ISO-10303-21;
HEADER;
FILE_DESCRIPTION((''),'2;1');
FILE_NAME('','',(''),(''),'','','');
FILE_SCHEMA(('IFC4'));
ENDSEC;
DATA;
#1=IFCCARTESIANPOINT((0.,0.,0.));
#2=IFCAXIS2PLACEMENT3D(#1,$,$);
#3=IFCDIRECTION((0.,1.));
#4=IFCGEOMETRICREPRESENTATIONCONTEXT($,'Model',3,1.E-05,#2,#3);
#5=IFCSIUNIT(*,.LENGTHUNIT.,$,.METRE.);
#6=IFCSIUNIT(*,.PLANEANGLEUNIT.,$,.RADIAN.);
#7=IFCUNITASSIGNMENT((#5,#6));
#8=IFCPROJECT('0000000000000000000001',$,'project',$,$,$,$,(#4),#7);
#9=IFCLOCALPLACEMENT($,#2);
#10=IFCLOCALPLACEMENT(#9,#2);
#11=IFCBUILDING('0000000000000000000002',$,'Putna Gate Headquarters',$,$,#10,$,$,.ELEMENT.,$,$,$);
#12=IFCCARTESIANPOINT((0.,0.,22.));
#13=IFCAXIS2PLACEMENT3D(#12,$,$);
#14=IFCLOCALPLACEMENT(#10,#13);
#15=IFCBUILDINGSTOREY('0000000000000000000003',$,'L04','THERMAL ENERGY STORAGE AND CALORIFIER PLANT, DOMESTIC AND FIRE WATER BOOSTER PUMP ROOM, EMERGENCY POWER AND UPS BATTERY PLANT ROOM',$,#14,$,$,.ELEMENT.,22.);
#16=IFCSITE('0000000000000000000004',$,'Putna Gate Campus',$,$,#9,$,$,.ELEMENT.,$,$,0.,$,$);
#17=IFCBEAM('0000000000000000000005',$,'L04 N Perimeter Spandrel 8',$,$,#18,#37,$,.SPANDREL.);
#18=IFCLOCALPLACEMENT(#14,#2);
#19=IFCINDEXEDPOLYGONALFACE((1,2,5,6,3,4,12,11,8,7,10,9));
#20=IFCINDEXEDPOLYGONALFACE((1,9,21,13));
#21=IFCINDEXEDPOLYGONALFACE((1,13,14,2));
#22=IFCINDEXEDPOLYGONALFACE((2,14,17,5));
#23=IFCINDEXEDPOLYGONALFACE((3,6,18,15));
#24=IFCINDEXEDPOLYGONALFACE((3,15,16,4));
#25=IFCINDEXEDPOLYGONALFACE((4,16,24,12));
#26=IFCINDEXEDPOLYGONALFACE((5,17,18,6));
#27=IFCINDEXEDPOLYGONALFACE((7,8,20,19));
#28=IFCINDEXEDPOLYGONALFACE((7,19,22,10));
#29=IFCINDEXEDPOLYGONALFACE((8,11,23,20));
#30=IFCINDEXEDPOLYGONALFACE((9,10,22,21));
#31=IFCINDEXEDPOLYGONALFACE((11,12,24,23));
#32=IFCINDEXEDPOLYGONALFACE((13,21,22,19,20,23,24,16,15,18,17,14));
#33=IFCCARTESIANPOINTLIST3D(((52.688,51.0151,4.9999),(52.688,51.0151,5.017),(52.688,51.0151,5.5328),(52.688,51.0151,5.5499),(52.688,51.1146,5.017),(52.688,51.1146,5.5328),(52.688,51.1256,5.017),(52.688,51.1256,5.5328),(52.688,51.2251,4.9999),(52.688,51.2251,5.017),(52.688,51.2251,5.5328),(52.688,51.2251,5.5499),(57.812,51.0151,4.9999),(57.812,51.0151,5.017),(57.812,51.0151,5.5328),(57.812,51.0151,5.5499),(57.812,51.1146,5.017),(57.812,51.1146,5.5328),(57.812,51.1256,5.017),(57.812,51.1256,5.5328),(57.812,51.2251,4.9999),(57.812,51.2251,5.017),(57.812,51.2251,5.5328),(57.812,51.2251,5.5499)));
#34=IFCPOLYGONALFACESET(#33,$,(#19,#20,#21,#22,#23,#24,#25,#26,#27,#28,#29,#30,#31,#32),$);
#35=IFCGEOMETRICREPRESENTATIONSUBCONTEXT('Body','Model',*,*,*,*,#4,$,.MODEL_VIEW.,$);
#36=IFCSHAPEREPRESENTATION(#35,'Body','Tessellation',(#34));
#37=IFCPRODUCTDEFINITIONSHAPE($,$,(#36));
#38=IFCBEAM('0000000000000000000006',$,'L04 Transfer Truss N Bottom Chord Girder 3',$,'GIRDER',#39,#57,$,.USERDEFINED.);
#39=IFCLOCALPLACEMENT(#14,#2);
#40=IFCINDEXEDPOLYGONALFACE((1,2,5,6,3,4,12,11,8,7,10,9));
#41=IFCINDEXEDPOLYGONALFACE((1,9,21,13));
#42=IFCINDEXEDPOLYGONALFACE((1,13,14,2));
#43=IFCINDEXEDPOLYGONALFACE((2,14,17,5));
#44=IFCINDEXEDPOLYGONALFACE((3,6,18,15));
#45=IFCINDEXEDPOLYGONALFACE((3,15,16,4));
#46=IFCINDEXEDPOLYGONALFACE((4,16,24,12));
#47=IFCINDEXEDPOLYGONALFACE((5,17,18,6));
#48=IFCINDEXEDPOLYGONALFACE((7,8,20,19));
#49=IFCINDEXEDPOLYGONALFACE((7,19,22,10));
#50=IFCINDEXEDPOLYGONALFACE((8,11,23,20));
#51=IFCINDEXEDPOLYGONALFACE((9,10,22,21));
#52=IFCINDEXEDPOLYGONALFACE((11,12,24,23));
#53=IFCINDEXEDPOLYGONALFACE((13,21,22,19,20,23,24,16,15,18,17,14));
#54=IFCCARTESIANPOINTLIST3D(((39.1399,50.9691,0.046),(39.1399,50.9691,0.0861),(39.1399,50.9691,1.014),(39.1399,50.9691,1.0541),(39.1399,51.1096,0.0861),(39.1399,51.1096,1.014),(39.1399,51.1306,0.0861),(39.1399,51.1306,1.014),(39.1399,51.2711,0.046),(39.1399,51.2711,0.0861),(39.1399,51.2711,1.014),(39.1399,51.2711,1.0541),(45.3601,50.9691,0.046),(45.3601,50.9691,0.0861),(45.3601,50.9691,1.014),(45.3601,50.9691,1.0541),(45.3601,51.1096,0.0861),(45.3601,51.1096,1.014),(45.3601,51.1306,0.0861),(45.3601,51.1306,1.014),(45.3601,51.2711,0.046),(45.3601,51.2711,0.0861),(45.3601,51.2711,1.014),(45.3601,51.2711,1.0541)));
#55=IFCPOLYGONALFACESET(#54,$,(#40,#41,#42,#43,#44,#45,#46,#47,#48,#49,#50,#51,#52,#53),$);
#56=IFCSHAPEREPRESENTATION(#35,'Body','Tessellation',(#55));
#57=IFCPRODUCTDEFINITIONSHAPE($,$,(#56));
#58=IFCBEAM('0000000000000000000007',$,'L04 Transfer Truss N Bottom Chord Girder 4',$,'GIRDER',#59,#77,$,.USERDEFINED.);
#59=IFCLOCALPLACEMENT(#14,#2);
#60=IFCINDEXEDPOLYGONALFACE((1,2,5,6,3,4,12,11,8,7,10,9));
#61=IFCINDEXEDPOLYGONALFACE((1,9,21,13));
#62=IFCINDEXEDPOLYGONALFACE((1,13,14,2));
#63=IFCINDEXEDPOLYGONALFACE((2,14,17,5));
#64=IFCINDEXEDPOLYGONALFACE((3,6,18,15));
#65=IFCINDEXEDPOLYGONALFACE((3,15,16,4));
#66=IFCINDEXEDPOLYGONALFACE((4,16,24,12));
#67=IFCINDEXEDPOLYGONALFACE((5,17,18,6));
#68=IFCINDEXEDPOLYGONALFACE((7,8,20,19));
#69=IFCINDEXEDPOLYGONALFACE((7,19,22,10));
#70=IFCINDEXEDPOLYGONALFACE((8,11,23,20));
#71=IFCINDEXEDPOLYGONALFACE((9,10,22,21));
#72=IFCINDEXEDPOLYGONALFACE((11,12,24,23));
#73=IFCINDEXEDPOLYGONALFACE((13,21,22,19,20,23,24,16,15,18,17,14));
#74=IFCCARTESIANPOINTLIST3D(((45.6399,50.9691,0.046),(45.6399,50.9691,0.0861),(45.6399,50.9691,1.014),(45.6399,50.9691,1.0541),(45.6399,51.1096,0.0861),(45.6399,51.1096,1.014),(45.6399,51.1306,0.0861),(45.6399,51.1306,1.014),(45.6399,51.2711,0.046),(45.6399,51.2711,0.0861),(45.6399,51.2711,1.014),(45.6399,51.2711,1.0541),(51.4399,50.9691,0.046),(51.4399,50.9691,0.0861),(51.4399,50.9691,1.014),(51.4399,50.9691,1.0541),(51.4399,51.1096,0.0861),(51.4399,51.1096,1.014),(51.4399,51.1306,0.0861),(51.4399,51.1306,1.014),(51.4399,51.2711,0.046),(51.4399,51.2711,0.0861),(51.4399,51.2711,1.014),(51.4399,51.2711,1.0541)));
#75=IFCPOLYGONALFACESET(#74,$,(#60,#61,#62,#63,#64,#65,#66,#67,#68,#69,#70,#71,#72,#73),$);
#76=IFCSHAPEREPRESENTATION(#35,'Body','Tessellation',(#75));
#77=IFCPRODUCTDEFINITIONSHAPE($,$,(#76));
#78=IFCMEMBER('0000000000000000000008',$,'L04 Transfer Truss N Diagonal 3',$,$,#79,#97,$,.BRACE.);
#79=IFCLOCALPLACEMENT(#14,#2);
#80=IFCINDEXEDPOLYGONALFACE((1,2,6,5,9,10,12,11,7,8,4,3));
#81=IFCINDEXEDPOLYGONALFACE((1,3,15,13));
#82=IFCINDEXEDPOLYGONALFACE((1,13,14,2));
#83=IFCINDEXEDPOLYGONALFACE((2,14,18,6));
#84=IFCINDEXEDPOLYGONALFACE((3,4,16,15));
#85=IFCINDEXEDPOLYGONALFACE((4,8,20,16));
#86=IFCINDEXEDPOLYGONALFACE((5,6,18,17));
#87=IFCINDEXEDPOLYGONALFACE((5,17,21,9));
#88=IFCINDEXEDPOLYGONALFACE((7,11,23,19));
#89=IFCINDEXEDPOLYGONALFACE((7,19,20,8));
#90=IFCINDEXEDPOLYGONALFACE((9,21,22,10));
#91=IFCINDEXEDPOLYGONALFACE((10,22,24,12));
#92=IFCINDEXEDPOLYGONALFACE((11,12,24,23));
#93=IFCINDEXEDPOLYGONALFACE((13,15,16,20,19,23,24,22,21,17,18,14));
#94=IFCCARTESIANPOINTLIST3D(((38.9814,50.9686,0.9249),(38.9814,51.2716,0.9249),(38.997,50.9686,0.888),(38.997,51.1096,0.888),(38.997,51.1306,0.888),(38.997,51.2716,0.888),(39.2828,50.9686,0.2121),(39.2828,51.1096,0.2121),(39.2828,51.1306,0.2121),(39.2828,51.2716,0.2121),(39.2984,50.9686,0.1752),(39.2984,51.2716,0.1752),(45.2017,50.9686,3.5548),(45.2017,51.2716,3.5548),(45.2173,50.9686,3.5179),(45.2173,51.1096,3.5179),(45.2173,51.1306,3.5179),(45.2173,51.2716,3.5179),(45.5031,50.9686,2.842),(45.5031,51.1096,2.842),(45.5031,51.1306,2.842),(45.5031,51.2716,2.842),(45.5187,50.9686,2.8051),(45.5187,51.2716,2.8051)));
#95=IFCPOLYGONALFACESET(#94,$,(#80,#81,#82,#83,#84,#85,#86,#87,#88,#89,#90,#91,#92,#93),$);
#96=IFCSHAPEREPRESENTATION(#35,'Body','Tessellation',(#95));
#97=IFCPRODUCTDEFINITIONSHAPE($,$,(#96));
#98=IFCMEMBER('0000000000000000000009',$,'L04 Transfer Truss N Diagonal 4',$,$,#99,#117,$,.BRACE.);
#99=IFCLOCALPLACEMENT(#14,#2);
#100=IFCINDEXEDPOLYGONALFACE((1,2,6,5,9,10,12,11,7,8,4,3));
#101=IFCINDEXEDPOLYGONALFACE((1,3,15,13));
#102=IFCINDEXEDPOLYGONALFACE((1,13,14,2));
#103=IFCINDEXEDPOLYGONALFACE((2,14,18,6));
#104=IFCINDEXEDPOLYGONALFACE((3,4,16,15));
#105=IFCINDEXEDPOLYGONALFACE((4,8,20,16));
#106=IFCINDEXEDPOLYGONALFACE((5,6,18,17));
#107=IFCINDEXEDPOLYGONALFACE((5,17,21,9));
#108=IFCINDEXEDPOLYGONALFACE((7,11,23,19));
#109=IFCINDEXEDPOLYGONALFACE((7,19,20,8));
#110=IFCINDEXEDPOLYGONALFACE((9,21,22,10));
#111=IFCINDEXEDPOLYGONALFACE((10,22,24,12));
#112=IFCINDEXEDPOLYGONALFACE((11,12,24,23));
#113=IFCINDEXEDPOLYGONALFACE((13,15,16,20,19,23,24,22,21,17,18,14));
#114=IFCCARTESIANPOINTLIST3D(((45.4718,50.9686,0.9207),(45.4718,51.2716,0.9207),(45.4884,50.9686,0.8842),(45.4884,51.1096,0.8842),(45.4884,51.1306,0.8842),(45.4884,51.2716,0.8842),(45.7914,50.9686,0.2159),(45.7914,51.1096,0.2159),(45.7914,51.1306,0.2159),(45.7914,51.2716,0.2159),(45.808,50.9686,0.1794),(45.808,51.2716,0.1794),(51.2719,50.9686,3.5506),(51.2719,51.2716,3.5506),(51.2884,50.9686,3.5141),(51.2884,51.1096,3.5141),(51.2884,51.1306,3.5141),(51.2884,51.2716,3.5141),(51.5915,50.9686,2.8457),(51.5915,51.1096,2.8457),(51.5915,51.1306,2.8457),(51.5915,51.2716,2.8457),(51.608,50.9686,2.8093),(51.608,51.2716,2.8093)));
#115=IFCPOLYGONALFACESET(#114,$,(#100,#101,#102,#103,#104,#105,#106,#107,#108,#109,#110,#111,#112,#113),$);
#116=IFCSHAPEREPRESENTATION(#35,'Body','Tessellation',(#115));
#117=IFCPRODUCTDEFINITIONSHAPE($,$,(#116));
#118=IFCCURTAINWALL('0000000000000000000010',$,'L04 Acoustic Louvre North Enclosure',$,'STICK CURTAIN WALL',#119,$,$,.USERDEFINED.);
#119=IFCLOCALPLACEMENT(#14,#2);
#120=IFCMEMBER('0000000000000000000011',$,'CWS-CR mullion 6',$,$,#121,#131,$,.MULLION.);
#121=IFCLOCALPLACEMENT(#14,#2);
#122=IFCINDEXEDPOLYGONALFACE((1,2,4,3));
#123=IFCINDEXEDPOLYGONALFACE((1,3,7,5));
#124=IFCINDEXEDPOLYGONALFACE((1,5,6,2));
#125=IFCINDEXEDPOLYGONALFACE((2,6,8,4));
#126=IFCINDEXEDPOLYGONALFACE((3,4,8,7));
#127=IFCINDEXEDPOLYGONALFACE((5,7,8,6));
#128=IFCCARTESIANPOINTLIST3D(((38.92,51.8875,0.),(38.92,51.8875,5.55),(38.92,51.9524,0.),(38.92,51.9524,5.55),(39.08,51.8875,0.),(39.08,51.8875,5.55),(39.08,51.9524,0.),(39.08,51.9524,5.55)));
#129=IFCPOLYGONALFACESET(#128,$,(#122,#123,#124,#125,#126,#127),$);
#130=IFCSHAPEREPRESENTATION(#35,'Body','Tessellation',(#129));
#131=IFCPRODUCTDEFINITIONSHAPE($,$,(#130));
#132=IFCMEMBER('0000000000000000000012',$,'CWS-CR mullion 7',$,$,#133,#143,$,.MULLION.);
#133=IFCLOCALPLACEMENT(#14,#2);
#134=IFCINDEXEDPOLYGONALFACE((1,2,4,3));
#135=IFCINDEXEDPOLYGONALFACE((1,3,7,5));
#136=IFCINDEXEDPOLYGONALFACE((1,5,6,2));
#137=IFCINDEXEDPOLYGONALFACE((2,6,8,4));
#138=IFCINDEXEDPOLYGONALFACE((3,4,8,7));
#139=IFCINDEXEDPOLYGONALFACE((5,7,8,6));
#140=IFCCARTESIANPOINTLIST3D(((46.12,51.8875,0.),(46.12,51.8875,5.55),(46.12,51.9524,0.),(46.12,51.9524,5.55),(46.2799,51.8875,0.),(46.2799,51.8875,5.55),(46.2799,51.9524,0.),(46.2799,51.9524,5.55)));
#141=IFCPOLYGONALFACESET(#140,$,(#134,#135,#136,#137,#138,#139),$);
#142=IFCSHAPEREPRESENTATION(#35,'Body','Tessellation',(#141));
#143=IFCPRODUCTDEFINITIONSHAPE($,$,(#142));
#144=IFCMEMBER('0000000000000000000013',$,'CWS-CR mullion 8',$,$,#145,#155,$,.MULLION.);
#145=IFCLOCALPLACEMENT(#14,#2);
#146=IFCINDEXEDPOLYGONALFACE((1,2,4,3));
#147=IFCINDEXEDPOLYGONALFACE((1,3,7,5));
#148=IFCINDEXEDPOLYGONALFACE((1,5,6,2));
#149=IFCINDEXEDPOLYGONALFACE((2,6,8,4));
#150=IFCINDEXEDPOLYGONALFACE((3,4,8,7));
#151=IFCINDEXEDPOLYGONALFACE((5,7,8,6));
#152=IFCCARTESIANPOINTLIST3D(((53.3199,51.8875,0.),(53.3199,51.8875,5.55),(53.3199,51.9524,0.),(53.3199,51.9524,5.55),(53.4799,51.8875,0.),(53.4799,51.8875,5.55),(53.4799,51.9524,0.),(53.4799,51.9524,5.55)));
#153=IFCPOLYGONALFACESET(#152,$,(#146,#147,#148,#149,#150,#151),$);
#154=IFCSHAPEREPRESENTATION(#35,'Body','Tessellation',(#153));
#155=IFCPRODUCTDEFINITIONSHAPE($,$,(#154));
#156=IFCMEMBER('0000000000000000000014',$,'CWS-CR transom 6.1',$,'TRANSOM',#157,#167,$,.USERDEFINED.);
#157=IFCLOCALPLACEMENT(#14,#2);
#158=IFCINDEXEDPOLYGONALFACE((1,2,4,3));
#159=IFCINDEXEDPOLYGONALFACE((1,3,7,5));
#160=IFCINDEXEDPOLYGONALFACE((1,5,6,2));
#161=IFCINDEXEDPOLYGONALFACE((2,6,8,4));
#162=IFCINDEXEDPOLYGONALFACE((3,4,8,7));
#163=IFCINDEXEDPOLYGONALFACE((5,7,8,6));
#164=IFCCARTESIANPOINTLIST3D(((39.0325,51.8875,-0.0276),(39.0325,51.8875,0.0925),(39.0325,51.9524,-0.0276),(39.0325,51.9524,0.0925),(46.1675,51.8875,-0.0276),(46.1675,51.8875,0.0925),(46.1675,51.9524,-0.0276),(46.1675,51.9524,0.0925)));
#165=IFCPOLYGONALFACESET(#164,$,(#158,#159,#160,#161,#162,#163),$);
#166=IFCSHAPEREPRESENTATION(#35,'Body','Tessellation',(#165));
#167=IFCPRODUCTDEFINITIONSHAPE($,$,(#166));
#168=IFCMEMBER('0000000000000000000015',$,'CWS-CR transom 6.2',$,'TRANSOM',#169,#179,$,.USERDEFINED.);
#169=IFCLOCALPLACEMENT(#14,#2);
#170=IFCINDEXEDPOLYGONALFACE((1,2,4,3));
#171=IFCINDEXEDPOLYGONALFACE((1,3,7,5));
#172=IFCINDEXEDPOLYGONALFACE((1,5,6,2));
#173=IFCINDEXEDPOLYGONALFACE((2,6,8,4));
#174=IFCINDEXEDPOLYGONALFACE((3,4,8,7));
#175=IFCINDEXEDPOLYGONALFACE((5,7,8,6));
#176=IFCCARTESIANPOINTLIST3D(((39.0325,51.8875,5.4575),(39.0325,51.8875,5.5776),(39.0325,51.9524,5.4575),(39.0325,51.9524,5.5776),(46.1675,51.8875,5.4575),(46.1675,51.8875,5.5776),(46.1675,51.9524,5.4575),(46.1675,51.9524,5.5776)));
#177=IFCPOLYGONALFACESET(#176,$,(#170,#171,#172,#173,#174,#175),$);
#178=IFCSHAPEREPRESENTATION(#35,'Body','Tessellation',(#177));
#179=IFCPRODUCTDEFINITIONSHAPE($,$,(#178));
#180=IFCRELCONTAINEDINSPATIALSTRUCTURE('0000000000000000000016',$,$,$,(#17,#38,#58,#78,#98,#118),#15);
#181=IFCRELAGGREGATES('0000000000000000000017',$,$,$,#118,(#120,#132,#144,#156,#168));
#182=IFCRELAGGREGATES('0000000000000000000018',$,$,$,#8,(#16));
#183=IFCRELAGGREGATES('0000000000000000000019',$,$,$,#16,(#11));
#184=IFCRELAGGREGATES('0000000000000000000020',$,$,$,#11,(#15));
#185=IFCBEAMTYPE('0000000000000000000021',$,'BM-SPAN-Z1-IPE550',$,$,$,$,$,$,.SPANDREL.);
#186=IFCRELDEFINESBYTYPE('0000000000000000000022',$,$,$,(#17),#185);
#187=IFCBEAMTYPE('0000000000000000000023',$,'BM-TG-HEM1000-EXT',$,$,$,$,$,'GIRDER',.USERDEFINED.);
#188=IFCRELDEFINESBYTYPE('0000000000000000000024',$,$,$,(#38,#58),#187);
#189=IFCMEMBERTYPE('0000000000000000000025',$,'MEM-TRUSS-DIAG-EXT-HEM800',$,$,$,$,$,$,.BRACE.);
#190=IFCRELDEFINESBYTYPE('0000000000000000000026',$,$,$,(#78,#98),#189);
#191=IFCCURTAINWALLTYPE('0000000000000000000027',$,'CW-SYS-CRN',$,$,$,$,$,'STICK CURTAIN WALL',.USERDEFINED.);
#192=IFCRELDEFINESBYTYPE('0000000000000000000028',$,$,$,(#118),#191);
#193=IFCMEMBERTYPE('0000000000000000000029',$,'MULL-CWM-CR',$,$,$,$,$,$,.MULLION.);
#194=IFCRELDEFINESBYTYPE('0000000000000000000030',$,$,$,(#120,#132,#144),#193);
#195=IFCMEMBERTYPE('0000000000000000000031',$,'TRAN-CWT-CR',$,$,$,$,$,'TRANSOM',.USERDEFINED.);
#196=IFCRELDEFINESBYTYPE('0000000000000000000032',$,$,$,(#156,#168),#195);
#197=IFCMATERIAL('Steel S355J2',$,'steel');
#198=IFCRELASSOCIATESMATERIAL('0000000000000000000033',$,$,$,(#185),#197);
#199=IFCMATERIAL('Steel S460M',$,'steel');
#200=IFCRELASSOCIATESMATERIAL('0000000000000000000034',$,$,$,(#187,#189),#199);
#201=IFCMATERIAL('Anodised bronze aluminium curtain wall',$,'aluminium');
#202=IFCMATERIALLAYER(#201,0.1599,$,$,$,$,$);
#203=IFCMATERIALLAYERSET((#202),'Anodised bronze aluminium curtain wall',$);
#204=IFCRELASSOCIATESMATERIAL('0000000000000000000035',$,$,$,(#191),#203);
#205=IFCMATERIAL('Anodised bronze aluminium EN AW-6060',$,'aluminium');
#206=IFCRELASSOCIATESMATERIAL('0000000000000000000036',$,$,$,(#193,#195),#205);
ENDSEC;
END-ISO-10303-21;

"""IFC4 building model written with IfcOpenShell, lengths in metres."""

from ifc_helpers import new_model, si_unit, direction, frame, origin, origin_2d, place, context, subcontext, project, spatial, rectangle, i_section, extrude, material, layer, layer_set, material_profile, profile_set, type_object, element, aggregate, save


model = new_model("IFC4")

# Units and contexts
model_context = context("Model", 3, precision=1e-05, world=origin(), true_north=direction((0.0, 1.0)))
body_context = subcontext(model_context, "Body", "Model", "MODEL_VIEW")
ifc_project = project(units=[si_unit("LENGTHUNIT", "METRE"), si_unit("PLANEANGLEUNIT", "RADIAN")], contexts=[model_context])

# Site, building, storey
site_placement = place(None, origin())
site = spatial("IfcSite", under=ifc_project, at=site_placement, Name="Putna Gate Campus", CompositionType="ELEMENT", RefElevation=0.0)
building_placement = place(site_placement, origin())
building = spatial("IfcBuilding", under=site, at=building_placement, Name="Putna Gate Headquarters", CompositionType="ELEMENT")
storey_placement = place(building_placement, frame((0.0, 0.0, 22.0)))
storey = spatial("IfcBuildingStorey", under=building, at=storey_placement, Name="L04", Description="THERMAL ENERGY STORAGE AND CALORIFIER PLANT, DOMESTIC AND FIRE WATER BOOSTER PUMP ROOM, EMERGENCY POWER AND UPS BATTERY PLANT ROOM", CompositionType="ELEMENT", Elevation=22.0)

# Shared definitions
ifc_material_1 = material(Name="Steel S460M", Category="steel")

# Beams
ifc_material_2 = material(Name="Steel S355J2", Category="steel")
ifc_material_profile_1 = material_profile(ifc_material_2, i_section(OverallWidth=0.21, OverallDepth=0.55, WebThickness=0.011, FlangeThickness=0.0171, at=origin_2d()), Name="Steel S355J2")
ifc_profile_set_1 = profile_set([ifc_material_profile_1], Name="Steel S355J2")
beam_type_1 = type_object("IfcBeamType", Name="BM-SPAN-Z1-IPE550", PredefinedType="SPANDREL", material=ifc_profile_set_1)
beam_1_placement = place(storey_placement, frame((52.688, 51.1201, 5.2749), z_axis=(1.0, 0.0, 0.0), x_axis=(0.0, 1.0, 0.0)))
element("IfcBeam", 1, at=beam_1_placement, inside=storey, type_object=beam_type_1, Name="L04 N Perimeter Spandrel 8", PredefinedType="SPANDREL", context=body_context, shape_type="SweptSolid", body=[
    extrude(i_section(OverallWidth=0.21, OverallDepth=0.55, WebThickness=0.011, FlangeThickness=0.0171, at=origin_2d()), origin(), (0.0, 0.0, 1.0), 5.124),
])
ifc_material_profile_2 = material_profile(ifc_material_1, i_section(OverallWidth=0.302, OverallDepth=1.0081, WebThickness=0.021, FlangeThickness=0.04, at=origin_2d()), Name="Steel S460M")
ifc_profile_set_2 = profile_set([ifc_material_profile_2], Name="Steel S460M")
beam_type_2 = type_object("IfcBeamType", Name="BM-TG-HEM1000-EXT", ElementType="GIRDER", PredefinedType="USERDEFINED", material=ifc_profile_set_2)
beam_2_placement = place(storey_placement, frame((39.1399, 51.1201, 0.55), z_axis=(1.0, 0.0, 0.0), x_axis=(0.0, 1.0, 0.0)))
element("IfcBeam", 2, at=beam_2_placement, inside=storey, type_object=beam_type_2, Name="L04 Transfer Truss N Bottom Chord Girder 3", ObjectType="GIRDER", PredefinedType="USERDEFINED", context=body_context, shape_type="SweptSolid", body=[
    extrude(i_section(OverallWidth=0.302, OverallDepth=1.0081, WebThickness=0.021, FlangeThickness=0.04, at=origin_2d()), origin(), (0.0, 0.0, 1.0), 6.2202),
])
beam_3_placement = place(storey_placement, frame((45.6399, 51.1201, 0.55), z_axis=(1.0, 0.0, 0.0), x_axis=(0.0, 1.0, 0.0)))
element("IfcBeam", 3, at=beam_3_placement, inside=storey, type_object=beam_type_2, Name="L04 Transfer Truss N Bottom Chord Girder 4", ObjectType="GIRDER", PredefinedType="USERDEFINED", context=body_context, shape_type="SweptSolid", body=[
    extrude(i_section(OverallWidth=0.302, OverallDepth=1.0081, WebThickness=0.021, FlangeThickness=0.04, at=origin_2d()), origin(), (0.0, 0.0, 1.0), 5.8),
])

# Members
ifc_material_profile_3 = material_profile(ifc_material_1, i_section(OverallWidth=0.303, OverallDepth=0.814, WebThickness=0.021, FlangeThickness=0.04, at=origin_2d()), Name="Steel S460M")
ifc_profile_set_3 = profile_set([ifc_material_profile_3], Name="Steel S460M")
member_type_1 = type_object("IfcMemberType", Name="MEM-TRUSS-DIAG-EXT-HEM800", PredefinedType="BRACE", material=ifc_profile_set_3)
member_1_placement = place(storey_placement, frame((39.1399, 51.1201, 0.55), z_axis=(0.92106, 0.0, 0.389421), x_axis=(0.0, 1.0, 0.0)))
element("IfcMember", 4, at=member_1_placement, inside=storey, type_object=member_type_1, Name="L04 Transfer Truss N Diagonal 3", PredefinedType="BRACE", context=body_context, shape_type="SweptSolid", body=[
    extrude(i_section(OverallWidth=0.303, OverallDepth=0.814, WebThickness=0.021, FlangeThickness=0.04, at=origin_2d()), origin(), (0.0, 0.0, 1.0), 6.7534),
])
member_2_placement = place(storey_placement, frame((45.6399, 51.1201, 0.55), z_axis=(0.910751, 0.0, 0.412956), x_axis=(0.0, 1.0, 0.0)))
element("IfcMember", 5, at=member_2_placement, inside=storey, type_object=member_type_1, Name="L04 Transfer Truss N Diagonal 4", PredefinedType="BRACE", context=body_context, shape_type="SweptSolid", body=[
    extrude(i_section(OverallWidth=0.303, OverallDepth=0.814, WebThickness=0.021, FlangeThickness=0.04, at=origin_2d()), origin(), (0.0, 0.0, 1.0), 6.3684),
])

# Curtain wall, members
ifc_material_3 = material(Name="Anodised bronze aluminium curtain wall", Category="aluminium")
ifc_layer_1 = layer(ifc_material_3, 0.1599)
ifc_layer_set_1 = layer_set([ifc_layer_1], Name="Anodised bronze aluminium curtain wall")
curtain_wall_type = type_object("IfcCurtainWallType", Name="CW-SYS-CRN", ElementType="STICK CURTAIN WALL", PredefinedType="USERDEFINED", material=ifc_layer_set_1)
curtain_wall_placement = place(storey_placement, origin())
curtain_wall = element("IfcCurtainWall", 6, at=curtain_wall_placement, inside=storey, type_object=curtain_wall_type, Name="L04 Acoustic Louvre North Enclosure", ObjectType="STICK CURTAIN WALL", PredefinedType="USERDEFINED")
ifc_material_4 = material(Name="Anodised bronze aluminium EN AW-6060", Category="aluminium")
ifc_material_profile_4 = material_profile(ifc_material_4, rectangle(XDim=0.0649, YDim=0.1599, at=origin_2d()), Name="Anodised bronze aluminium EN AW-6060")
ifc_profile_set_4 = profile_set([ifc_material_profile_4], Name="Anodised bronze aluminium EN AW-6060")
member_type_2 = type_object("IfcMemberType", Name="MULL-CWM-CR", PredefinedType="MULLION", material=ifc_profile_set_4)
member_3_placement = place(storey_placement, frame((39.0, 51.9199, 0.0), z_axis=(0.0, 0.0, 1.0), x_axis=(0.0, 1.0, 0.0)))
member_3 = element("IfcMember", 7, at=member_3_placement, type_object=member_type_2, Name="CWS-CR mullion 6", PredefinedType="MULLION", context=body_context, shape_type="SweptSolid", body=[
    extrude(rectangle(XDim=0.0649, YDim=0.1599, at=origin_2d()), origin(), (0.0, 0.0, 1.0), 5.55),
])
member_4_placement = place(storey_placement, frame((46.2, 51.9199, 0.0), z_axis=(0.0, 0.0, 1.0), x_axis=(0.0, 1.0, 0.0)))
member_4 = element("IfcMember", 8, at=member_4_placement, type_object=member_type_2, Name="CWS-CR mullion 7", PredefinedType="MULLION", context=body_context, shape_type="SweptSolid", body=[
    extrude(rectangle(XDim=0.0649, YDim=0.1599, at=origin_2d()), origin(), (0.0, 0.0, 1.0), 5.55),
])
member_5_placement = place(storey_placement, frame((53.3999, 51.9199, 0.0), z_axis=(0.0, 0.0, 1.0), x_axis=(0.0, 1.0, 0.0)))
member_5 = element("IfcMember", 9, at=member_5_placement, type_object=member_type_2, Name="CWS-CR mullion 8", PredefinedType="MULLION", context=body_context, shape_type="SweptSolid", body=[
    extrude(rectangle(XDim=0.0649, YDim=0.1599, at=origin_2d()), origin(), (0.0, 0.0, 1.0), 5.55),
])
ifc_material_profile_5 = material_profile(ifc_material_4, rectangle(XDim=0.0649, YDim=0.1201, at=origin_2d()), Name="Anodised bronze aluminium EN AW-6060")
ifc_profile_set_5 = profile_set([ifc_material_profile_5], Name="Anodised bronze aluminium EN AW-6060")
member_type_3 = type_object("IfcMemberType", Name="TRAN-CWT-CR", ElementType="TRANSOM", PredefinedType="USERDEFINED", material=ifc_profile_set_5)
member_6_placement = place(storey_placement, frame((39.0325, 51.9199, 0.0325), z_axis=(1.0, 0.0, 0.0), x_axis=(0.0, 1.0, 0.0)))
member_6 = element("IfcMember", 10, at=member_6_placement, type_object=member_type_3, Name="CWS-CR transom 6.1", ObjectType="TRANSOM", PredefinedType="USERDEFINED", context=body_context, shape_type="SweptSolid", body=[
    extrude(rectangle(XDim=0.0649, YDim=0.1201, at=origin_2d()), origin(), (0.0, 0.0, 1.0), 7.135),
])
member_7_placement = place(storey_placement, frame((39.0325, 51.9199, 5.5176), z_axis=(1.0, 0.0, 0.0), x_axis=(0.0, 1.0, 0.0)))
member_7 = element("IfcMember", 11, at=member_7_placement, type_object=member_type_3, Name="CWS-CR transom 6.2", ObjectType="TRANSOM", PredefinedType="USERDEFINED", context=body_context, shape_type="SweptSolid", body=[
    extrude(rectangle(XDim=0.0649, YDim=0.1201, at=origin_2d()), origin(), (0.0, 0.0, 1.0), 7.135),
])
aggregate(curtain_wall, [member_3, member_4, member_5, member_6, member_7])

save(model, "model.ifc")
